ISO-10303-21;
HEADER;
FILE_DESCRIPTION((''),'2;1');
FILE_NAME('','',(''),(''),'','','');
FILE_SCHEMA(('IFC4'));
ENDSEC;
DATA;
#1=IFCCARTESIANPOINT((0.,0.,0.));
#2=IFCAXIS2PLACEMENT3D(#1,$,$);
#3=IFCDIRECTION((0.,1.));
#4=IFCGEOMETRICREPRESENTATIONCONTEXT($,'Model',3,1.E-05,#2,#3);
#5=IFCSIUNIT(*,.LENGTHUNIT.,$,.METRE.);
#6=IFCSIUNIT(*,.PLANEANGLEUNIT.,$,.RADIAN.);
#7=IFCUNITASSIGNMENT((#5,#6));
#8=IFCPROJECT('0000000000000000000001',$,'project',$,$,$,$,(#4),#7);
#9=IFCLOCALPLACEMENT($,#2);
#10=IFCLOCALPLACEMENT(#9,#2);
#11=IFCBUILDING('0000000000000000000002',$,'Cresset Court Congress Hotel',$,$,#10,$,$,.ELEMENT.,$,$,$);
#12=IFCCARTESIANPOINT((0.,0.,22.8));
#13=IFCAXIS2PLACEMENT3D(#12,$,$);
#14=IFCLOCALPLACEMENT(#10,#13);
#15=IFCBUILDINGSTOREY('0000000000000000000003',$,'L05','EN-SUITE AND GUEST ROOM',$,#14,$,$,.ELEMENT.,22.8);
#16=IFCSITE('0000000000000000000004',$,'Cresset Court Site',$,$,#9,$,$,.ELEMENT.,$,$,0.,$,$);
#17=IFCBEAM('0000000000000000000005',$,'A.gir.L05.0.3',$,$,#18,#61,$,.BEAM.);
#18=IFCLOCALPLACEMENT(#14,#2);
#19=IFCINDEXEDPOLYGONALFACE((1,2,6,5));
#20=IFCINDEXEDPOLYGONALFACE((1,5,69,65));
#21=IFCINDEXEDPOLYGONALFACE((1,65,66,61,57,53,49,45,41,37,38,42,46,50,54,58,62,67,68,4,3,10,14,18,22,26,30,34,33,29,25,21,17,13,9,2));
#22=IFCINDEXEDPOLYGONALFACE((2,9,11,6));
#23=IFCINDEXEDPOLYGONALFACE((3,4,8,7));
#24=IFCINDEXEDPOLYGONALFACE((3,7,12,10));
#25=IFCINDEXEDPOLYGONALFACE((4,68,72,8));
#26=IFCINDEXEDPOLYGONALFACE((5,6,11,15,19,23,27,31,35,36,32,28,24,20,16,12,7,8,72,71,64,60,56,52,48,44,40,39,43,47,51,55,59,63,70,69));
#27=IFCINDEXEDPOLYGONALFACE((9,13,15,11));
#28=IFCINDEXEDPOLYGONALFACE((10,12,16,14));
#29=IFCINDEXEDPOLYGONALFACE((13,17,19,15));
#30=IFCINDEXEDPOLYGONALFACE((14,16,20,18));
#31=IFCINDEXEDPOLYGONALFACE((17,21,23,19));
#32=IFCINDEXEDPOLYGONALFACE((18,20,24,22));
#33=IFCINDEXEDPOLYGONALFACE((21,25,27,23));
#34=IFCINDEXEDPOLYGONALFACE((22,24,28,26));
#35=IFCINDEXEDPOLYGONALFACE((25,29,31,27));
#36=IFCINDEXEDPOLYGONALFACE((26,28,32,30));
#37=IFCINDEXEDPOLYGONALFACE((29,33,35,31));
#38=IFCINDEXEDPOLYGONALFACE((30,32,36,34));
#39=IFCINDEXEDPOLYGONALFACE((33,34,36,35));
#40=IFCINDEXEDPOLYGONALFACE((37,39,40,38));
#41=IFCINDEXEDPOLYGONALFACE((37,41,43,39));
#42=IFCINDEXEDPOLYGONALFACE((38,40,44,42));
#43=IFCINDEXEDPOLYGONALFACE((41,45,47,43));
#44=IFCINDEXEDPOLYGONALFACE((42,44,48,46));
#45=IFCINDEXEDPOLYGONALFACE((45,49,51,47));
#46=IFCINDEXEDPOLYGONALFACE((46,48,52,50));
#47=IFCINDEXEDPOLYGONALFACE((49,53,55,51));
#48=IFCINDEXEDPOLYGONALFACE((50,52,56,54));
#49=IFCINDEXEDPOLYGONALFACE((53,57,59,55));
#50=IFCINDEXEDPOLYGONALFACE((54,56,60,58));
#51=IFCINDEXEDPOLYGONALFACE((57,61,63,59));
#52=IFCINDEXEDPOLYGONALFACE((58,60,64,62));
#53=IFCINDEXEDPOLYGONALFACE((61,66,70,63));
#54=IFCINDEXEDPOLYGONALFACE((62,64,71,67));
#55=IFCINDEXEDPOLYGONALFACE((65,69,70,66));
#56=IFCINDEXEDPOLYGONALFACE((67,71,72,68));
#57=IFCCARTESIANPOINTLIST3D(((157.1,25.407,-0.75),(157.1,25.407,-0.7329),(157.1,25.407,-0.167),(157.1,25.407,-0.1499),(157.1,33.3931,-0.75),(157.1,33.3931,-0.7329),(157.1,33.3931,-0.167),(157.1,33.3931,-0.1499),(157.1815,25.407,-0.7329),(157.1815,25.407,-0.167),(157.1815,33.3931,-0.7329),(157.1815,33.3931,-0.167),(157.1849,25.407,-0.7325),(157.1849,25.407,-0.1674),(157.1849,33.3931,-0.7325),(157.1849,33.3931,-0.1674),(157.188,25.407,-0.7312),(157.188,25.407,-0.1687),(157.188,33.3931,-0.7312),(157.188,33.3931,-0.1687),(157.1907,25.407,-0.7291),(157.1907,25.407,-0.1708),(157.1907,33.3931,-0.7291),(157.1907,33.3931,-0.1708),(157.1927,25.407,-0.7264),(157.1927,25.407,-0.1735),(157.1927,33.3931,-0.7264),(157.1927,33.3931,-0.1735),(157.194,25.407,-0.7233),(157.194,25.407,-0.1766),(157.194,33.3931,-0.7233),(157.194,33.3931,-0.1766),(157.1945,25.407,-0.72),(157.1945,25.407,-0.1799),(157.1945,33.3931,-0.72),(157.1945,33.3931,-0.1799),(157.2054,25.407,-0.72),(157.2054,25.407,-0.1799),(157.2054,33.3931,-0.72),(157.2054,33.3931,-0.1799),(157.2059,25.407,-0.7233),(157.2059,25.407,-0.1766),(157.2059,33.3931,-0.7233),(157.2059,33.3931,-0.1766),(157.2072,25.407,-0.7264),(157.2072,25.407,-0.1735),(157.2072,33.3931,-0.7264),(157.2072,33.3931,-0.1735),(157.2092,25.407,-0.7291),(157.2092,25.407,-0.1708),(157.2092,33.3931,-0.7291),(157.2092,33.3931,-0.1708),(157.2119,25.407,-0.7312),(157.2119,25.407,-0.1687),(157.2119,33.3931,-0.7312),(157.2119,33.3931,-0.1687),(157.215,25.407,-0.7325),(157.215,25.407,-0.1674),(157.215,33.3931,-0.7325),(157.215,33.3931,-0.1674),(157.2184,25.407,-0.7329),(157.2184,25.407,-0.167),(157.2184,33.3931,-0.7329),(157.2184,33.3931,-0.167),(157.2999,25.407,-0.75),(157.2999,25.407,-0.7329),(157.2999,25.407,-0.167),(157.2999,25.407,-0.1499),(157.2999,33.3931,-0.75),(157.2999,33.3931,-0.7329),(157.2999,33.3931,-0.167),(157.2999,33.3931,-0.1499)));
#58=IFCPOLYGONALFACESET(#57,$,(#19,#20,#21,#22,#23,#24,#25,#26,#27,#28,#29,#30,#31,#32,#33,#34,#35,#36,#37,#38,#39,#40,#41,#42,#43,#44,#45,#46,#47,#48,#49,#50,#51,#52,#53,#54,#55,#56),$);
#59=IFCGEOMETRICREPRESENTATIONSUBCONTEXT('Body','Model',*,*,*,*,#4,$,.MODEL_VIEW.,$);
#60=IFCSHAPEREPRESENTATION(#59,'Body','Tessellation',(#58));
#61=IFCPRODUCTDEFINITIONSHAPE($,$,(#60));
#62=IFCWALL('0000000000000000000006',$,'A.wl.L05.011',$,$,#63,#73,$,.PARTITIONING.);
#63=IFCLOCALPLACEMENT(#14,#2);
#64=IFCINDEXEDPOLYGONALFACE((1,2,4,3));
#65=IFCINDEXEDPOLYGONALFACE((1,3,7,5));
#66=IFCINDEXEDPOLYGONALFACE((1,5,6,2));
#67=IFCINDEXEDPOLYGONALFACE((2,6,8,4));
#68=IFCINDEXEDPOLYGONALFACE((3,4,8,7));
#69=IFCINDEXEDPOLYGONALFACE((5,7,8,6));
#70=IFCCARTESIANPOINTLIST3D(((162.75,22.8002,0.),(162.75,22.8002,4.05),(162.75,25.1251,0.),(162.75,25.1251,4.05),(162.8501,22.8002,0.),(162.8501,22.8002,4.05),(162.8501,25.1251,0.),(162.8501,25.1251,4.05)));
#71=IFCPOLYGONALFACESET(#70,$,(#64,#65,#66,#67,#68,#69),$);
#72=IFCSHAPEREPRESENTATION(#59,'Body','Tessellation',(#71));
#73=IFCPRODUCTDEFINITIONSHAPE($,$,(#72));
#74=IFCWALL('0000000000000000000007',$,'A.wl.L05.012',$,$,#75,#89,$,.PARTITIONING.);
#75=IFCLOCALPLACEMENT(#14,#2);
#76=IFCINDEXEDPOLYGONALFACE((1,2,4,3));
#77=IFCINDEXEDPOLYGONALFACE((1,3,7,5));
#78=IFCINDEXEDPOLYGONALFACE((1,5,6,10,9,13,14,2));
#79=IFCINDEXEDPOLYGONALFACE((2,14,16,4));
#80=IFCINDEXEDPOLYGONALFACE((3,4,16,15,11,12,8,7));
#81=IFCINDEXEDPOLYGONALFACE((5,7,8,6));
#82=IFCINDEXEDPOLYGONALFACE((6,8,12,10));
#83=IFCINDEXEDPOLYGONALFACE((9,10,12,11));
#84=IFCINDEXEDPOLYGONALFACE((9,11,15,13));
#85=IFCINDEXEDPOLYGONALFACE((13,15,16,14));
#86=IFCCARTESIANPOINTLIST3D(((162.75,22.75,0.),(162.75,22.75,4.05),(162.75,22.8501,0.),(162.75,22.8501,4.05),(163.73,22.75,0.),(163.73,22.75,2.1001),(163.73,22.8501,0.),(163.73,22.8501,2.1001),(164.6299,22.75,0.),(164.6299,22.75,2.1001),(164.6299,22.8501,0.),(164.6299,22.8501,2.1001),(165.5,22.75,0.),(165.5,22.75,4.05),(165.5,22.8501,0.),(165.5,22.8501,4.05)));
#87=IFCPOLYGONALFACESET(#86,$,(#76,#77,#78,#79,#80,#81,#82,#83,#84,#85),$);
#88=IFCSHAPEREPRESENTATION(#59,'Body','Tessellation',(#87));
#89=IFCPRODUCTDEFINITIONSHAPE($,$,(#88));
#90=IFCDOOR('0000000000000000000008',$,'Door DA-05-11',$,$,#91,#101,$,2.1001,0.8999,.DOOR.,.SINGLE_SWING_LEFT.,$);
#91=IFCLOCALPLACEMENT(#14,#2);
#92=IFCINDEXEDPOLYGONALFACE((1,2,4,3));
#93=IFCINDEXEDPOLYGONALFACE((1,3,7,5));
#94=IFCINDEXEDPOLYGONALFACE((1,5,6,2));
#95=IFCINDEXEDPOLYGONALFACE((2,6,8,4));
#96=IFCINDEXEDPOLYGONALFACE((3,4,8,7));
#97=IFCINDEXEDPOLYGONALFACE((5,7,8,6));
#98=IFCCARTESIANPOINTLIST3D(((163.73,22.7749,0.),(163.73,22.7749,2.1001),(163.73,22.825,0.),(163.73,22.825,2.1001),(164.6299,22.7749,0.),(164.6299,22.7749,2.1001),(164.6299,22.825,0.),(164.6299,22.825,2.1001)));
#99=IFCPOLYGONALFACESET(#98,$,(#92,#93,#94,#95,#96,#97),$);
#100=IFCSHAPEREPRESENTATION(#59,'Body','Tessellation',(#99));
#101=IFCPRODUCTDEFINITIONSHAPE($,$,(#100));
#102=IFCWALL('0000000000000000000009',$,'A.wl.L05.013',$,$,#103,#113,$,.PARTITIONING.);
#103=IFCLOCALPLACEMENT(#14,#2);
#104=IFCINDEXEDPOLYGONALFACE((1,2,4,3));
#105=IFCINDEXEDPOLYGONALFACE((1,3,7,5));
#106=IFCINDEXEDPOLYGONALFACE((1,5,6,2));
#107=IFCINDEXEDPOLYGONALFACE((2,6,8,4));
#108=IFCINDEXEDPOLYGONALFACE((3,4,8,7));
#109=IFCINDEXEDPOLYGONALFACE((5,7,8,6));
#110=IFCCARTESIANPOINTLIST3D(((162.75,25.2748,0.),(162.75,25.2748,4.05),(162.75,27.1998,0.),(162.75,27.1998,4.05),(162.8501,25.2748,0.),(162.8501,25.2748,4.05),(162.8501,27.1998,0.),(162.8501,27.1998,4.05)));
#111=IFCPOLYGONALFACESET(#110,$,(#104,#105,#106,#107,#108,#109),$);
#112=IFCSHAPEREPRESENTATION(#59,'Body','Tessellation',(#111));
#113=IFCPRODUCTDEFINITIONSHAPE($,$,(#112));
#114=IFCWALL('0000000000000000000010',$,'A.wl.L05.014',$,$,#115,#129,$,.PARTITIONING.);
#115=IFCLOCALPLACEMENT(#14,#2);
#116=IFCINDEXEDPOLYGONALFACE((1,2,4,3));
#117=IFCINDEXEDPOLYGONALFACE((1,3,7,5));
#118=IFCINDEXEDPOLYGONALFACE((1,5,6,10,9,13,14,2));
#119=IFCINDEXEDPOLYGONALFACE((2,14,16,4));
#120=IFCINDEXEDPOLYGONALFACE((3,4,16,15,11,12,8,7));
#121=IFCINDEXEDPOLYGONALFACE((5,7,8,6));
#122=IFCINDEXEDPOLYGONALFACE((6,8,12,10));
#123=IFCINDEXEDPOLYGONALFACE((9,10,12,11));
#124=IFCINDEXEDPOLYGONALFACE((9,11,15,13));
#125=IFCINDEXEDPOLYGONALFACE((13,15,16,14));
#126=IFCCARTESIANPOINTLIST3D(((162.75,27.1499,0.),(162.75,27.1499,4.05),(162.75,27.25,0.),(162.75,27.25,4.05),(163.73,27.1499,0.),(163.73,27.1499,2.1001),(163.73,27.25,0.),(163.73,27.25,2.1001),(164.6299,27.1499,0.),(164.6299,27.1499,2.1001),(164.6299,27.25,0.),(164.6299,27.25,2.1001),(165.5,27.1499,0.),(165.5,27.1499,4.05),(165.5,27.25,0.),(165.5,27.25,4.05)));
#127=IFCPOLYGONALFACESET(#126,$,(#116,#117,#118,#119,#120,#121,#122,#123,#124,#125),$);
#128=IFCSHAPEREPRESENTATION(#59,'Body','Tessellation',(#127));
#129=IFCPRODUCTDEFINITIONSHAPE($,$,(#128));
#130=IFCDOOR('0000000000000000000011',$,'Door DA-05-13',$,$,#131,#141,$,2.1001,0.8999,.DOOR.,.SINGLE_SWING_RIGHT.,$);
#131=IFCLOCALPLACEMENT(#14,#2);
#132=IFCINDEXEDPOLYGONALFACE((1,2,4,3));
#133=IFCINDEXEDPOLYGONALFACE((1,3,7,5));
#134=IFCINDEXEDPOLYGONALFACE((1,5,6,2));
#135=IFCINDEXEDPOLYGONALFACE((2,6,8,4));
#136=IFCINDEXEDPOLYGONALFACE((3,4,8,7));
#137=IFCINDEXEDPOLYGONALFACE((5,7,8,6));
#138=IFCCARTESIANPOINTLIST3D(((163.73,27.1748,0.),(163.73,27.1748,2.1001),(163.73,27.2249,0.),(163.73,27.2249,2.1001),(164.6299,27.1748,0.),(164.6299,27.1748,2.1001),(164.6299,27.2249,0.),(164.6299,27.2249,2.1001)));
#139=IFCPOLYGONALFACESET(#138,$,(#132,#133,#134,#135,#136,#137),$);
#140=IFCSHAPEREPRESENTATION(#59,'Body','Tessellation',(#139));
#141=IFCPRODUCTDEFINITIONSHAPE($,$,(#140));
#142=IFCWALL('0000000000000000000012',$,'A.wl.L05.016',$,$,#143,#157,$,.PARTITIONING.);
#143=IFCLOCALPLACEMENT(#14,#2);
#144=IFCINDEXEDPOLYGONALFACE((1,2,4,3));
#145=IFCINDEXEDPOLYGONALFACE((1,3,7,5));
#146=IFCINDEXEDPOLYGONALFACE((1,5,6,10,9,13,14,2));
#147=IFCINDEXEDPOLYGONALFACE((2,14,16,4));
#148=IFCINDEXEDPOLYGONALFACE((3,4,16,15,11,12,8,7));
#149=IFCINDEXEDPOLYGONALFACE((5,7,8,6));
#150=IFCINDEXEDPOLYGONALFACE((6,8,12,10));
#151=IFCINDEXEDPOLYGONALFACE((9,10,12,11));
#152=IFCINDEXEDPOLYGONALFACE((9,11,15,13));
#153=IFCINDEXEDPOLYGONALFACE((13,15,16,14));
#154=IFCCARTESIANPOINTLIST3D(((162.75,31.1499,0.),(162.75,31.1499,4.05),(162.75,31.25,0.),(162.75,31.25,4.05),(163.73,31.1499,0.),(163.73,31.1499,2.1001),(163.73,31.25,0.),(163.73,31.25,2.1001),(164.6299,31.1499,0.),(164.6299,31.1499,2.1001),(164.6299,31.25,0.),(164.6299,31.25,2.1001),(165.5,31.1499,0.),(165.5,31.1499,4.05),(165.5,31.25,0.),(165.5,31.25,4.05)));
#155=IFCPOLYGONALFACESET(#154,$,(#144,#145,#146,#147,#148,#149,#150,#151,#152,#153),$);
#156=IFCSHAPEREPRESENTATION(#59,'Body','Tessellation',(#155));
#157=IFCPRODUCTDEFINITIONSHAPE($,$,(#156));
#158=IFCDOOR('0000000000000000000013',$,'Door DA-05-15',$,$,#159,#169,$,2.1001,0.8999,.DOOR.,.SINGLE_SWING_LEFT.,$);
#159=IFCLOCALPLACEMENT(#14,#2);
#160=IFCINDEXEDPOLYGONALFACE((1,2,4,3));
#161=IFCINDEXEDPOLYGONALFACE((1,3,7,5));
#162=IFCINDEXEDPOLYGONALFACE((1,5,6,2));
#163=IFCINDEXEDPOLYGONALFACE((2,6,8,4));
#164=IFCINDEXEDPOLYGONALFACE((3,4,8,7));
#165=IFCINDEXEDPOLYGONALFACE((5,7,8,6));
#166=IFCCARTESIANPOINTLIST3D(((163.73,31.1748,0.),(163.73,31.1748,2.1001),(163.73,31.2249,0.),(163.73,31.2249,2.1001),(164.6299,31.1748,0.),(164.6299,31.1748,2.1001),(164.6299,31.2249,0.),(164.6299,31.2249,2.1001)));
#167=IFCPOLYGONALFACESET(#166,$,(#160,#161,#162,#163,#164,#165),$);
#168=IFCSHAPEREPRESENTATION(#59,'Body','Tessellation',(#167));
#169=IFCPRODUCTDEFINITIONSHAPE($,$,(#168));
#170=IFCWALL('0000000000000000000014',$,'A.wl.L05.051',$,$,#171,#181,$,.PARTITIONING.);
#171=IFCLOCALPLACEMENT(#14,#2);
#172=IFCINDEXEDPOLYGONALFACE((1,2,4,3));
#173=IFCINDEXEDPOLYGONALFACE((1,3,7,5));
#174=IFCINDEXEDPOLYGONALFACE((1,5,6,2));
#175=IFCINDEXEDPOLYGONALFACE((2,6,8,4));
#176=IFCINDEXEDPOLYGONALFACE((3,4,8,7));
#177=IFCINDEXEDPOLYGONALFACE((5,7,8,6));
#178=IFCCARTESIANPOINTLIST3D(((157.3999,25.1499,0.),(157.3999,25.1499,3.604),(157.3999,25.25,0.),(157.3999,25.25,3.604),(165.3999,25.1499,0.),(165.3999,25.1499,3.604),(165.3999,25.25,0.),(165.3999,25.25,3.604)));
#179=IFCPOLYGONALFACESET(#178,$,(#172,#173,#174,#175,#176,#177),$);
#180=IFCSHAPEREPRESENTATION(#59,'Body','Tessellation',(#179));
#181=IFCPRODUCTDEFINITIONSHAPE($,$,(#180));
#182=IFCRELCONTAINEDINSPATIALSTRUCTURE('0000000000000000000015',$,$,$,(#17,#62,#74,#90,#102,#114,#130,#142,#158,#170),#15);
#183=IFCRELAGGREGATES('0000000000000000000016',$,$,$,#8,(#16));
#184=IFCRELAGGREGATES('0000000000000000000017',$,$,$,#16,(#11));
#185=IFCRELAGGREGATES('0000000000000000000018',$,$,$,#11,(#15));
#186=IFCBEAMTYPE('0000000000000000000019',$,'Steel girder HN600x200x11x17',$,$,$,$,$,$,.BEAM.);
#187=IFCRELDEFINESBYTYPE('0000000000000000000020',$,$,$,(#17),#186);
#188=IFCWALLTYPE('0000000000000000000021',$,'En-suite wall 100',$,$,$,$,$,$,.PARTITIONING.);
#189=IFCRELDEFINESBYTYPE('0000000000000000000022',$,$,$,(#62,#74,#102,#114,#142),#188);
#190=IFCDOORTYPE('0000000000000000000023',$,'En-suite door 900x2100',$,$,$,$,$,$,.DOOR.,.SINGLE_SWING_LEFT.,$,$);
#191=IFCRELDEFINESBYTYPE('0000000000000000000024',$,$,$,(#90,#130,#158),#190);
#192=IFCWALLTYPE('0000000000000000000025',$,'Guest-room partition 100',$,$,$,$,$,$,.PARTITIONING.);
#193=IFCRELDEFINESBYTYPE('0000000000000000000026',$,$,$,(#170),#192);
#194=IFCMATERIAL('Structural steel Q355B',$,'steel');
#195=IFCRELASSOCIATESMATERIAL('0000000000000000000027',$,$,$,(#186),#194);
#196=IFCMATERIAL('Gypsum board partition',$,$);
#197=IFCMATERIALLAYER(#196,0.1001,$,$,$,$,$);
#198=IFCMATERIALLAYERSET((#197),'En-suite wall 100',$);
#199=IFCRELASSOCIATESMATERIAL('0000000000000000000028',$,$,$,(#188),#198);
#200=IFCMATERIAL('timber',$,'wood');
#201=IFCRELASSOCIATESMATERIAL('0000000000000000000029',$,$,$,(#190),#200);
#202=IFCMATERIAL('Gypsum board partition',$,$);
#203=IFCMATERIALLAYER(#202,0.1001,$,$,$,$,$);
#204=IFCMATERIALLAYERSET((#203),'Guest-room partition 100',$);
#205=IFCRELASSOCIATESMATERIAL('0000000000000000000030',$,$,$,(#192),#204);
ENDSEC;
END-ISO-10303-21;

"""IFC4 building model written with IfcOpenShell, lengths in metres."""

from ifc_helpers import new_model, si_unit, direction, frame, frame_2d, origin, origin_2d, place, context, subcontext, project, spatial, rectangle, i_section, extrude, material, layer, layer_set, material_profile, profile_set, type_object, element, fill, save


model = new_model("IFC4")

# Units and contexts
model_context = context("Model", 3, precision=1e-05, world=origin(), true_north=direction((0.0, 1.0)))
body_context = subcontext(model_context, "Body", "Model", "MODEL_VIEW")
ifc_project = project(units=[si_unit("LENGTHUNIT", "METRE"), si_unit("PLANEANGLEUNIT", "RADIAN")], contexts=[model_context])

# Site, building, storey
site_placement = place(None, origin())
site = spatial("IfcSite", under=ifc_project, at=site_placement, Name="Cresset Court Site", CompositionType="ELEMENT", RefElevation=0.0)
building_placement = place(site_placement, origin())
building = spatial("IfcBuilding", under=site, at=building_placement, Name="Cresset Court Congress Hotel", CompositionType="ELEMENT")
storey_placement = place(building_placement, frame((0.0, 0.0, 22.8)))
storey = spatial("IfcBuildingStorey", under=building, at=storey_placement, Name="L05", Description="EN-SUITE AND GUEST ROOM", CompositionType="ELEMENT", Elevation=22.8)

# Beam
ifc_material_1 = material(Name="Structural steel Q355B", Category="steel")
ifc_material_profile_1 = material_profile(ifc_material_1, i_section(OverallWidth=0.2, OverallDepth=0.6001, WebThickness=0.011, FlangeThickness=0.0171, FilletRadius=0.0129, at=origin_2d()), Name="HN600x200x11x17")
ifc_profile_set_1 = profile_set([ifc_material_profile_1], Name="Structural steel Q355B")
beam_type_1 = type_object("IfcBeamType", Name="Steel girder HN600x200x11x17", PredefinedType="BEAM", material=ifc_profile_set_1)
beam_1_placement = place(storey_placement, frame((157.2, 25.407, -0.45), z_axis=(0.0, 1.0, 0.0), x_axis=(-1.0, 0.0, 0.0)))
element("IfcBeam", 1, at=beam_1_placement, inside=storey, type_object=beam_type_1, Name="A.gir.L05.0.3", PredefinedType="BEAM", context=body_context, shape_type="SweptSolid", body=[
    extrude(i_section(OverallWidth=0.2, OverallDepth=0.6001, WebThickness=0.011, FlangeThickness=0.0171, FilletRadius=0.0129, at=origin_2d()), origin(), (0.0, 0.0, 1.0), 7.9861),
])

# Wall
ifc_material_2 = material(Name="Gypsum board partition")
ifc_layer_1 = layer(ifc_material_2, 0.1001)
ifc_layer_set_1 = layer_set([ifc_layer_1], Name="En-suite wall 100")
wall_type_1 = type_object("IfcWallType", Name="En-suite wall 100", PredefinedType="PARTITIONING", material=ifc_layer_set_1)
wall_1_placement = place(storey_placement, frame((162.8, 22.8, 0.0), z_axis=(0.0, 0.0, 1.0), x_axis=(0.0, 1.0, 0.0)))
element("IfcWall", 2, at=wall_1_placement, inside=storey, type_object=wall_type_1, Name="A.wl.L05.011", PredefinedType="PARTITIONING", context=body_context, shape_type="SweptSolid", body=[
    extrude(rectangle(XDim=2.325, YDim=0.1001, at=frame_2d((1.1626, 0.0))), origin(), (0.0, 0.0, 1.0), 4.05),
])

# Wall, opening, door
wall_2_placement = place(storey_placement, frame((162.75, 22.8, 0.0), z_axis=(0.0, 0.0, 1.0), x_axis=(1.0, 0.0, 0.0)))
wall_2 = element("IfcWall", 3, at=wall_2_placement, inside=storey, type_object=wall_type_1, Name="A.wl.L05.012", PredefinedType="PARTITIONING", context=body_context, shape_type="SweptSolid", body=[
    extrude(rectangle(XDim=2.75, YDim=0.1001, at=frame_2d((1.375, 0.0))), origin(), (0.0, 0.0, 1.0), 4.05),
])
opening_1_placement = place(wall_2_placement, frame((0.98, 0.0, 0.0)))
opening_1 = element("IfcOpeningElement", 4, at=opening_1_placement, cuts=wall_2, PredefinedType="OPENING", context=body_context, shape_type="SweptSolid", body=[
    extrude(rectangle(XDim=0.8999, YDim=2.1001, at=frame_2d((0.45, 1.05))), frame((0.0, 0.0601, 0.0), z_axis=(0.0, -1.0, 0.0), x_axis=(1.0, 0.0, 0.0)), (0.0, 0.0, 1.0), 0.1201),
])
ifc_material_3 = material(Name="timber", Category="wood")
door_type = type_object("IfcDoorType", Name="En-suite door 900x2100", OperationType="SINGLE_SWING_LEFT", PredefinedType="DOOR", material=ifc_material_3)
door_1_placement = place(opening_1_placement, origin())
door_1 = element("IfcDoor", 5, at=door_1_placement, inside=storey, type_object=door_type, Name="Door DA-05-11", OperationType="SINGLE_SWING_LEFT", OverallHeight=2.1001, OverallWidth=0.8999, PredefinedType="DOOR", context=body_context, shape_type="SweptSolid", body=[
    extrude(rectangle(XDim=0.8999, YDim=2.1001, at=frame_2d((0.45, 1.05))), frame((0.0, 0.0249, 0.0), z_axis=(0.0, -1.0, 0.0), x_axis=(1.0, 0.0, 0.0)), (0.0, 0.0, 1.0), 0.05),
])
fill(opening_1, door_1)

# Wall
wall_3_placement = place(storey_placement, frame((162.8, 25.2749, 0.0), z_axis=(0.0, 0.0, 1.0), x_axis=(0.0, 1.0, 0.0)))
element("IfcWall", 6, at=wall_3_placement, inside=storey, type_object=wall_type_1, Name="A.wl.L05.013", PredefinedType="PARTITIONING", context=body_context, shape_type="SweptSolid", body=[
    extrude(rectangle(XDim=1.925, YDim=0.1001, at=frame_2d((0.9624, 0.0))), origin(), (0.0, 0.0, 1.0), 4.05),
])

# Walls, openings, doors
wall_4_placement = place(storey_placement, frame((162.75, 27.2, 0.0), z_axis=(0.0, 0.0, 1.0), x_axis=(1.0, 0.0, 0.0)))
wall_4 = element("IfcWall", 7, at=wall_4_placement, inside=storey, type_object=wall_type_1, Name="A.wl.L05.014", PredefinedType="PARTITIONING", context=body_context, shape_type="SweptSolid", body=[
    extrude(rectangle(XDim=2.75, YDim=0.1001, at=frame_2d((1.375, 0.0))), origin(), (0.0, 0.0, 1.0), 4.05),
])
opening_2_placement = place(wall_4_placement, frame((0.98, 0.0, 0.0)))
opening_2 = element("IfcOpeningElement", 8, at=opening_2_placement, cuts=wall_4, PredefinedType="OPENING", context=body_context, shape_type="SweptSolid", body=[
    extrude(rectangle(XDim=0.8999, YDim=2.1001, at=frame_2d((0.45, 1.05))), frame((0.0, 0.0601, 0.0), z_axis=(0.0, -1.0, 0.0), x_axis=(1.0, 0.0, 0.0)), (0.0, 0.0, 1.0), 0.1201),
])
door_2_placement = place(opening_2_placement, origin())
door_2 = element("IfcDoor", 9, at=door_2_placement, inside=storey, type_object=door_type, Name="Door DA-05-13", OperationType="SINGLE_SWING_RIGHT", OverallHeight=2.1001, OverallWidth=0.8999, PredefinedType="DOOR", context=body_context, shape_type="SweptSolid", body=[
    extrude(rectangle(XDim=0.8999, YDim=2.1001, at=frame_2d((0.45, 1.05))), frame((0.0, 0.0249, 0.0), z_axis=(0.0, -1.0, 0.0), x_axis=(1.0, 0.0, 0.0)), (0.0, 0.0, 1.0), 0.05),
])
fill(opening_2, door_2)
wall_5_placement = place(storey_placement, frame((162.75, 31.2, 0.0), z_axis=(0.0, 0.0, 1.0), x_axis=(1.0, 0.0, 0.0)))
wall_5 = element("IfcWall", 10, at=wall_5_placement, inside=storey, type_object=wall_type_1, Name="A.wl.L05.016", PredefinedType="PARTITIONING", context=body_context, shape_type="SweptSolid", body=[
    extrude(rectangle(XDim=2.75, YDim=0.1001, at=frame_2d((1.375, 0.0))), origin(), (0.0, 0.0, 1.0), 4.05),
])
opening_3_placement = place(wall_5_placement, frame((0.98, 0.0, 0.0)))
opening_3 = element("IfcOpeningElement", 11, at=opening_3_placement, cuts=wall_5, PredefinedType="OPENING", context=body_context, shape_type="SweptSolid", body=[
    extrude(rectangle(XDim=0.8999, YDim=2.1001, at=frame_2d((0.45, 1.05))), frame((0.0, 0.0601, 0.0), z_axis=(0.0, -1.0, 0.0), x_axis=(1.0, 0.0, 0.0)), (0.0, 0.0, 1.0), 0.1201),
])
door_3_placement = place(opening_3_placement, origin())
door_3 = element("IfcDoor", 12, at=door_3_placement, inside=storey, type_object=door_type, Name="Door DA-05-15", OperationType="SINGLE_SWING_LEFT", OverallHeight=2.1001, OverallWidth=0.8999, PredefinedType="DOOR", context=body_context, shape_type="SweptSolid", body=[
    extrude(rectangle(XDim=0.8999, YDim=2.1001, at=frame_2d((0.45, 1.05))), frame((0.0, 0.0249, 0.0), z_axis=(0.0, -1.0, 0.0), x_axis=(1.0, 0.0, 0.0)), (0.0, 0.0, 1.0), 0.05),
])
fill(opening_3, door_3)

# Wall
ifc_material_4 = material(Name="Gypsum board partition")
ifc_layer_2 = layer(ifc_material_4, 0.1001)
ifc_layer_set_2 = layer_set([ifc_layer_2], Name="Guest-room partition 100")
wall_type_2 = type_object("IfcWallType", Name="Guest-room partition 100", PredefinedType="PARTITIONING", material=ifc_layer_set_2)
wall_6_placement = place(storey_placement, frame((157.3999, 25.2, 0.0), z_axis=(0.0, 0.0, 1.0), x_axis=(1.0, 0.0, 0.0)))
element("IfcWall", 13, at=wall_6_placement, inside=storey, type_object=wall_type_2, Name="A.wl.L05.051", PredefinedType="PARTITIONING", context=body_context, shape_type="SweptSolid", body=[
    extrude(rectangle(XDim=8.0, YDim=0.1001, at=frame_2d((4.0, 0.0))), origin(), (0.0, 0.0, 1.0), 3.604),
])

save(model, "model.ifc")
